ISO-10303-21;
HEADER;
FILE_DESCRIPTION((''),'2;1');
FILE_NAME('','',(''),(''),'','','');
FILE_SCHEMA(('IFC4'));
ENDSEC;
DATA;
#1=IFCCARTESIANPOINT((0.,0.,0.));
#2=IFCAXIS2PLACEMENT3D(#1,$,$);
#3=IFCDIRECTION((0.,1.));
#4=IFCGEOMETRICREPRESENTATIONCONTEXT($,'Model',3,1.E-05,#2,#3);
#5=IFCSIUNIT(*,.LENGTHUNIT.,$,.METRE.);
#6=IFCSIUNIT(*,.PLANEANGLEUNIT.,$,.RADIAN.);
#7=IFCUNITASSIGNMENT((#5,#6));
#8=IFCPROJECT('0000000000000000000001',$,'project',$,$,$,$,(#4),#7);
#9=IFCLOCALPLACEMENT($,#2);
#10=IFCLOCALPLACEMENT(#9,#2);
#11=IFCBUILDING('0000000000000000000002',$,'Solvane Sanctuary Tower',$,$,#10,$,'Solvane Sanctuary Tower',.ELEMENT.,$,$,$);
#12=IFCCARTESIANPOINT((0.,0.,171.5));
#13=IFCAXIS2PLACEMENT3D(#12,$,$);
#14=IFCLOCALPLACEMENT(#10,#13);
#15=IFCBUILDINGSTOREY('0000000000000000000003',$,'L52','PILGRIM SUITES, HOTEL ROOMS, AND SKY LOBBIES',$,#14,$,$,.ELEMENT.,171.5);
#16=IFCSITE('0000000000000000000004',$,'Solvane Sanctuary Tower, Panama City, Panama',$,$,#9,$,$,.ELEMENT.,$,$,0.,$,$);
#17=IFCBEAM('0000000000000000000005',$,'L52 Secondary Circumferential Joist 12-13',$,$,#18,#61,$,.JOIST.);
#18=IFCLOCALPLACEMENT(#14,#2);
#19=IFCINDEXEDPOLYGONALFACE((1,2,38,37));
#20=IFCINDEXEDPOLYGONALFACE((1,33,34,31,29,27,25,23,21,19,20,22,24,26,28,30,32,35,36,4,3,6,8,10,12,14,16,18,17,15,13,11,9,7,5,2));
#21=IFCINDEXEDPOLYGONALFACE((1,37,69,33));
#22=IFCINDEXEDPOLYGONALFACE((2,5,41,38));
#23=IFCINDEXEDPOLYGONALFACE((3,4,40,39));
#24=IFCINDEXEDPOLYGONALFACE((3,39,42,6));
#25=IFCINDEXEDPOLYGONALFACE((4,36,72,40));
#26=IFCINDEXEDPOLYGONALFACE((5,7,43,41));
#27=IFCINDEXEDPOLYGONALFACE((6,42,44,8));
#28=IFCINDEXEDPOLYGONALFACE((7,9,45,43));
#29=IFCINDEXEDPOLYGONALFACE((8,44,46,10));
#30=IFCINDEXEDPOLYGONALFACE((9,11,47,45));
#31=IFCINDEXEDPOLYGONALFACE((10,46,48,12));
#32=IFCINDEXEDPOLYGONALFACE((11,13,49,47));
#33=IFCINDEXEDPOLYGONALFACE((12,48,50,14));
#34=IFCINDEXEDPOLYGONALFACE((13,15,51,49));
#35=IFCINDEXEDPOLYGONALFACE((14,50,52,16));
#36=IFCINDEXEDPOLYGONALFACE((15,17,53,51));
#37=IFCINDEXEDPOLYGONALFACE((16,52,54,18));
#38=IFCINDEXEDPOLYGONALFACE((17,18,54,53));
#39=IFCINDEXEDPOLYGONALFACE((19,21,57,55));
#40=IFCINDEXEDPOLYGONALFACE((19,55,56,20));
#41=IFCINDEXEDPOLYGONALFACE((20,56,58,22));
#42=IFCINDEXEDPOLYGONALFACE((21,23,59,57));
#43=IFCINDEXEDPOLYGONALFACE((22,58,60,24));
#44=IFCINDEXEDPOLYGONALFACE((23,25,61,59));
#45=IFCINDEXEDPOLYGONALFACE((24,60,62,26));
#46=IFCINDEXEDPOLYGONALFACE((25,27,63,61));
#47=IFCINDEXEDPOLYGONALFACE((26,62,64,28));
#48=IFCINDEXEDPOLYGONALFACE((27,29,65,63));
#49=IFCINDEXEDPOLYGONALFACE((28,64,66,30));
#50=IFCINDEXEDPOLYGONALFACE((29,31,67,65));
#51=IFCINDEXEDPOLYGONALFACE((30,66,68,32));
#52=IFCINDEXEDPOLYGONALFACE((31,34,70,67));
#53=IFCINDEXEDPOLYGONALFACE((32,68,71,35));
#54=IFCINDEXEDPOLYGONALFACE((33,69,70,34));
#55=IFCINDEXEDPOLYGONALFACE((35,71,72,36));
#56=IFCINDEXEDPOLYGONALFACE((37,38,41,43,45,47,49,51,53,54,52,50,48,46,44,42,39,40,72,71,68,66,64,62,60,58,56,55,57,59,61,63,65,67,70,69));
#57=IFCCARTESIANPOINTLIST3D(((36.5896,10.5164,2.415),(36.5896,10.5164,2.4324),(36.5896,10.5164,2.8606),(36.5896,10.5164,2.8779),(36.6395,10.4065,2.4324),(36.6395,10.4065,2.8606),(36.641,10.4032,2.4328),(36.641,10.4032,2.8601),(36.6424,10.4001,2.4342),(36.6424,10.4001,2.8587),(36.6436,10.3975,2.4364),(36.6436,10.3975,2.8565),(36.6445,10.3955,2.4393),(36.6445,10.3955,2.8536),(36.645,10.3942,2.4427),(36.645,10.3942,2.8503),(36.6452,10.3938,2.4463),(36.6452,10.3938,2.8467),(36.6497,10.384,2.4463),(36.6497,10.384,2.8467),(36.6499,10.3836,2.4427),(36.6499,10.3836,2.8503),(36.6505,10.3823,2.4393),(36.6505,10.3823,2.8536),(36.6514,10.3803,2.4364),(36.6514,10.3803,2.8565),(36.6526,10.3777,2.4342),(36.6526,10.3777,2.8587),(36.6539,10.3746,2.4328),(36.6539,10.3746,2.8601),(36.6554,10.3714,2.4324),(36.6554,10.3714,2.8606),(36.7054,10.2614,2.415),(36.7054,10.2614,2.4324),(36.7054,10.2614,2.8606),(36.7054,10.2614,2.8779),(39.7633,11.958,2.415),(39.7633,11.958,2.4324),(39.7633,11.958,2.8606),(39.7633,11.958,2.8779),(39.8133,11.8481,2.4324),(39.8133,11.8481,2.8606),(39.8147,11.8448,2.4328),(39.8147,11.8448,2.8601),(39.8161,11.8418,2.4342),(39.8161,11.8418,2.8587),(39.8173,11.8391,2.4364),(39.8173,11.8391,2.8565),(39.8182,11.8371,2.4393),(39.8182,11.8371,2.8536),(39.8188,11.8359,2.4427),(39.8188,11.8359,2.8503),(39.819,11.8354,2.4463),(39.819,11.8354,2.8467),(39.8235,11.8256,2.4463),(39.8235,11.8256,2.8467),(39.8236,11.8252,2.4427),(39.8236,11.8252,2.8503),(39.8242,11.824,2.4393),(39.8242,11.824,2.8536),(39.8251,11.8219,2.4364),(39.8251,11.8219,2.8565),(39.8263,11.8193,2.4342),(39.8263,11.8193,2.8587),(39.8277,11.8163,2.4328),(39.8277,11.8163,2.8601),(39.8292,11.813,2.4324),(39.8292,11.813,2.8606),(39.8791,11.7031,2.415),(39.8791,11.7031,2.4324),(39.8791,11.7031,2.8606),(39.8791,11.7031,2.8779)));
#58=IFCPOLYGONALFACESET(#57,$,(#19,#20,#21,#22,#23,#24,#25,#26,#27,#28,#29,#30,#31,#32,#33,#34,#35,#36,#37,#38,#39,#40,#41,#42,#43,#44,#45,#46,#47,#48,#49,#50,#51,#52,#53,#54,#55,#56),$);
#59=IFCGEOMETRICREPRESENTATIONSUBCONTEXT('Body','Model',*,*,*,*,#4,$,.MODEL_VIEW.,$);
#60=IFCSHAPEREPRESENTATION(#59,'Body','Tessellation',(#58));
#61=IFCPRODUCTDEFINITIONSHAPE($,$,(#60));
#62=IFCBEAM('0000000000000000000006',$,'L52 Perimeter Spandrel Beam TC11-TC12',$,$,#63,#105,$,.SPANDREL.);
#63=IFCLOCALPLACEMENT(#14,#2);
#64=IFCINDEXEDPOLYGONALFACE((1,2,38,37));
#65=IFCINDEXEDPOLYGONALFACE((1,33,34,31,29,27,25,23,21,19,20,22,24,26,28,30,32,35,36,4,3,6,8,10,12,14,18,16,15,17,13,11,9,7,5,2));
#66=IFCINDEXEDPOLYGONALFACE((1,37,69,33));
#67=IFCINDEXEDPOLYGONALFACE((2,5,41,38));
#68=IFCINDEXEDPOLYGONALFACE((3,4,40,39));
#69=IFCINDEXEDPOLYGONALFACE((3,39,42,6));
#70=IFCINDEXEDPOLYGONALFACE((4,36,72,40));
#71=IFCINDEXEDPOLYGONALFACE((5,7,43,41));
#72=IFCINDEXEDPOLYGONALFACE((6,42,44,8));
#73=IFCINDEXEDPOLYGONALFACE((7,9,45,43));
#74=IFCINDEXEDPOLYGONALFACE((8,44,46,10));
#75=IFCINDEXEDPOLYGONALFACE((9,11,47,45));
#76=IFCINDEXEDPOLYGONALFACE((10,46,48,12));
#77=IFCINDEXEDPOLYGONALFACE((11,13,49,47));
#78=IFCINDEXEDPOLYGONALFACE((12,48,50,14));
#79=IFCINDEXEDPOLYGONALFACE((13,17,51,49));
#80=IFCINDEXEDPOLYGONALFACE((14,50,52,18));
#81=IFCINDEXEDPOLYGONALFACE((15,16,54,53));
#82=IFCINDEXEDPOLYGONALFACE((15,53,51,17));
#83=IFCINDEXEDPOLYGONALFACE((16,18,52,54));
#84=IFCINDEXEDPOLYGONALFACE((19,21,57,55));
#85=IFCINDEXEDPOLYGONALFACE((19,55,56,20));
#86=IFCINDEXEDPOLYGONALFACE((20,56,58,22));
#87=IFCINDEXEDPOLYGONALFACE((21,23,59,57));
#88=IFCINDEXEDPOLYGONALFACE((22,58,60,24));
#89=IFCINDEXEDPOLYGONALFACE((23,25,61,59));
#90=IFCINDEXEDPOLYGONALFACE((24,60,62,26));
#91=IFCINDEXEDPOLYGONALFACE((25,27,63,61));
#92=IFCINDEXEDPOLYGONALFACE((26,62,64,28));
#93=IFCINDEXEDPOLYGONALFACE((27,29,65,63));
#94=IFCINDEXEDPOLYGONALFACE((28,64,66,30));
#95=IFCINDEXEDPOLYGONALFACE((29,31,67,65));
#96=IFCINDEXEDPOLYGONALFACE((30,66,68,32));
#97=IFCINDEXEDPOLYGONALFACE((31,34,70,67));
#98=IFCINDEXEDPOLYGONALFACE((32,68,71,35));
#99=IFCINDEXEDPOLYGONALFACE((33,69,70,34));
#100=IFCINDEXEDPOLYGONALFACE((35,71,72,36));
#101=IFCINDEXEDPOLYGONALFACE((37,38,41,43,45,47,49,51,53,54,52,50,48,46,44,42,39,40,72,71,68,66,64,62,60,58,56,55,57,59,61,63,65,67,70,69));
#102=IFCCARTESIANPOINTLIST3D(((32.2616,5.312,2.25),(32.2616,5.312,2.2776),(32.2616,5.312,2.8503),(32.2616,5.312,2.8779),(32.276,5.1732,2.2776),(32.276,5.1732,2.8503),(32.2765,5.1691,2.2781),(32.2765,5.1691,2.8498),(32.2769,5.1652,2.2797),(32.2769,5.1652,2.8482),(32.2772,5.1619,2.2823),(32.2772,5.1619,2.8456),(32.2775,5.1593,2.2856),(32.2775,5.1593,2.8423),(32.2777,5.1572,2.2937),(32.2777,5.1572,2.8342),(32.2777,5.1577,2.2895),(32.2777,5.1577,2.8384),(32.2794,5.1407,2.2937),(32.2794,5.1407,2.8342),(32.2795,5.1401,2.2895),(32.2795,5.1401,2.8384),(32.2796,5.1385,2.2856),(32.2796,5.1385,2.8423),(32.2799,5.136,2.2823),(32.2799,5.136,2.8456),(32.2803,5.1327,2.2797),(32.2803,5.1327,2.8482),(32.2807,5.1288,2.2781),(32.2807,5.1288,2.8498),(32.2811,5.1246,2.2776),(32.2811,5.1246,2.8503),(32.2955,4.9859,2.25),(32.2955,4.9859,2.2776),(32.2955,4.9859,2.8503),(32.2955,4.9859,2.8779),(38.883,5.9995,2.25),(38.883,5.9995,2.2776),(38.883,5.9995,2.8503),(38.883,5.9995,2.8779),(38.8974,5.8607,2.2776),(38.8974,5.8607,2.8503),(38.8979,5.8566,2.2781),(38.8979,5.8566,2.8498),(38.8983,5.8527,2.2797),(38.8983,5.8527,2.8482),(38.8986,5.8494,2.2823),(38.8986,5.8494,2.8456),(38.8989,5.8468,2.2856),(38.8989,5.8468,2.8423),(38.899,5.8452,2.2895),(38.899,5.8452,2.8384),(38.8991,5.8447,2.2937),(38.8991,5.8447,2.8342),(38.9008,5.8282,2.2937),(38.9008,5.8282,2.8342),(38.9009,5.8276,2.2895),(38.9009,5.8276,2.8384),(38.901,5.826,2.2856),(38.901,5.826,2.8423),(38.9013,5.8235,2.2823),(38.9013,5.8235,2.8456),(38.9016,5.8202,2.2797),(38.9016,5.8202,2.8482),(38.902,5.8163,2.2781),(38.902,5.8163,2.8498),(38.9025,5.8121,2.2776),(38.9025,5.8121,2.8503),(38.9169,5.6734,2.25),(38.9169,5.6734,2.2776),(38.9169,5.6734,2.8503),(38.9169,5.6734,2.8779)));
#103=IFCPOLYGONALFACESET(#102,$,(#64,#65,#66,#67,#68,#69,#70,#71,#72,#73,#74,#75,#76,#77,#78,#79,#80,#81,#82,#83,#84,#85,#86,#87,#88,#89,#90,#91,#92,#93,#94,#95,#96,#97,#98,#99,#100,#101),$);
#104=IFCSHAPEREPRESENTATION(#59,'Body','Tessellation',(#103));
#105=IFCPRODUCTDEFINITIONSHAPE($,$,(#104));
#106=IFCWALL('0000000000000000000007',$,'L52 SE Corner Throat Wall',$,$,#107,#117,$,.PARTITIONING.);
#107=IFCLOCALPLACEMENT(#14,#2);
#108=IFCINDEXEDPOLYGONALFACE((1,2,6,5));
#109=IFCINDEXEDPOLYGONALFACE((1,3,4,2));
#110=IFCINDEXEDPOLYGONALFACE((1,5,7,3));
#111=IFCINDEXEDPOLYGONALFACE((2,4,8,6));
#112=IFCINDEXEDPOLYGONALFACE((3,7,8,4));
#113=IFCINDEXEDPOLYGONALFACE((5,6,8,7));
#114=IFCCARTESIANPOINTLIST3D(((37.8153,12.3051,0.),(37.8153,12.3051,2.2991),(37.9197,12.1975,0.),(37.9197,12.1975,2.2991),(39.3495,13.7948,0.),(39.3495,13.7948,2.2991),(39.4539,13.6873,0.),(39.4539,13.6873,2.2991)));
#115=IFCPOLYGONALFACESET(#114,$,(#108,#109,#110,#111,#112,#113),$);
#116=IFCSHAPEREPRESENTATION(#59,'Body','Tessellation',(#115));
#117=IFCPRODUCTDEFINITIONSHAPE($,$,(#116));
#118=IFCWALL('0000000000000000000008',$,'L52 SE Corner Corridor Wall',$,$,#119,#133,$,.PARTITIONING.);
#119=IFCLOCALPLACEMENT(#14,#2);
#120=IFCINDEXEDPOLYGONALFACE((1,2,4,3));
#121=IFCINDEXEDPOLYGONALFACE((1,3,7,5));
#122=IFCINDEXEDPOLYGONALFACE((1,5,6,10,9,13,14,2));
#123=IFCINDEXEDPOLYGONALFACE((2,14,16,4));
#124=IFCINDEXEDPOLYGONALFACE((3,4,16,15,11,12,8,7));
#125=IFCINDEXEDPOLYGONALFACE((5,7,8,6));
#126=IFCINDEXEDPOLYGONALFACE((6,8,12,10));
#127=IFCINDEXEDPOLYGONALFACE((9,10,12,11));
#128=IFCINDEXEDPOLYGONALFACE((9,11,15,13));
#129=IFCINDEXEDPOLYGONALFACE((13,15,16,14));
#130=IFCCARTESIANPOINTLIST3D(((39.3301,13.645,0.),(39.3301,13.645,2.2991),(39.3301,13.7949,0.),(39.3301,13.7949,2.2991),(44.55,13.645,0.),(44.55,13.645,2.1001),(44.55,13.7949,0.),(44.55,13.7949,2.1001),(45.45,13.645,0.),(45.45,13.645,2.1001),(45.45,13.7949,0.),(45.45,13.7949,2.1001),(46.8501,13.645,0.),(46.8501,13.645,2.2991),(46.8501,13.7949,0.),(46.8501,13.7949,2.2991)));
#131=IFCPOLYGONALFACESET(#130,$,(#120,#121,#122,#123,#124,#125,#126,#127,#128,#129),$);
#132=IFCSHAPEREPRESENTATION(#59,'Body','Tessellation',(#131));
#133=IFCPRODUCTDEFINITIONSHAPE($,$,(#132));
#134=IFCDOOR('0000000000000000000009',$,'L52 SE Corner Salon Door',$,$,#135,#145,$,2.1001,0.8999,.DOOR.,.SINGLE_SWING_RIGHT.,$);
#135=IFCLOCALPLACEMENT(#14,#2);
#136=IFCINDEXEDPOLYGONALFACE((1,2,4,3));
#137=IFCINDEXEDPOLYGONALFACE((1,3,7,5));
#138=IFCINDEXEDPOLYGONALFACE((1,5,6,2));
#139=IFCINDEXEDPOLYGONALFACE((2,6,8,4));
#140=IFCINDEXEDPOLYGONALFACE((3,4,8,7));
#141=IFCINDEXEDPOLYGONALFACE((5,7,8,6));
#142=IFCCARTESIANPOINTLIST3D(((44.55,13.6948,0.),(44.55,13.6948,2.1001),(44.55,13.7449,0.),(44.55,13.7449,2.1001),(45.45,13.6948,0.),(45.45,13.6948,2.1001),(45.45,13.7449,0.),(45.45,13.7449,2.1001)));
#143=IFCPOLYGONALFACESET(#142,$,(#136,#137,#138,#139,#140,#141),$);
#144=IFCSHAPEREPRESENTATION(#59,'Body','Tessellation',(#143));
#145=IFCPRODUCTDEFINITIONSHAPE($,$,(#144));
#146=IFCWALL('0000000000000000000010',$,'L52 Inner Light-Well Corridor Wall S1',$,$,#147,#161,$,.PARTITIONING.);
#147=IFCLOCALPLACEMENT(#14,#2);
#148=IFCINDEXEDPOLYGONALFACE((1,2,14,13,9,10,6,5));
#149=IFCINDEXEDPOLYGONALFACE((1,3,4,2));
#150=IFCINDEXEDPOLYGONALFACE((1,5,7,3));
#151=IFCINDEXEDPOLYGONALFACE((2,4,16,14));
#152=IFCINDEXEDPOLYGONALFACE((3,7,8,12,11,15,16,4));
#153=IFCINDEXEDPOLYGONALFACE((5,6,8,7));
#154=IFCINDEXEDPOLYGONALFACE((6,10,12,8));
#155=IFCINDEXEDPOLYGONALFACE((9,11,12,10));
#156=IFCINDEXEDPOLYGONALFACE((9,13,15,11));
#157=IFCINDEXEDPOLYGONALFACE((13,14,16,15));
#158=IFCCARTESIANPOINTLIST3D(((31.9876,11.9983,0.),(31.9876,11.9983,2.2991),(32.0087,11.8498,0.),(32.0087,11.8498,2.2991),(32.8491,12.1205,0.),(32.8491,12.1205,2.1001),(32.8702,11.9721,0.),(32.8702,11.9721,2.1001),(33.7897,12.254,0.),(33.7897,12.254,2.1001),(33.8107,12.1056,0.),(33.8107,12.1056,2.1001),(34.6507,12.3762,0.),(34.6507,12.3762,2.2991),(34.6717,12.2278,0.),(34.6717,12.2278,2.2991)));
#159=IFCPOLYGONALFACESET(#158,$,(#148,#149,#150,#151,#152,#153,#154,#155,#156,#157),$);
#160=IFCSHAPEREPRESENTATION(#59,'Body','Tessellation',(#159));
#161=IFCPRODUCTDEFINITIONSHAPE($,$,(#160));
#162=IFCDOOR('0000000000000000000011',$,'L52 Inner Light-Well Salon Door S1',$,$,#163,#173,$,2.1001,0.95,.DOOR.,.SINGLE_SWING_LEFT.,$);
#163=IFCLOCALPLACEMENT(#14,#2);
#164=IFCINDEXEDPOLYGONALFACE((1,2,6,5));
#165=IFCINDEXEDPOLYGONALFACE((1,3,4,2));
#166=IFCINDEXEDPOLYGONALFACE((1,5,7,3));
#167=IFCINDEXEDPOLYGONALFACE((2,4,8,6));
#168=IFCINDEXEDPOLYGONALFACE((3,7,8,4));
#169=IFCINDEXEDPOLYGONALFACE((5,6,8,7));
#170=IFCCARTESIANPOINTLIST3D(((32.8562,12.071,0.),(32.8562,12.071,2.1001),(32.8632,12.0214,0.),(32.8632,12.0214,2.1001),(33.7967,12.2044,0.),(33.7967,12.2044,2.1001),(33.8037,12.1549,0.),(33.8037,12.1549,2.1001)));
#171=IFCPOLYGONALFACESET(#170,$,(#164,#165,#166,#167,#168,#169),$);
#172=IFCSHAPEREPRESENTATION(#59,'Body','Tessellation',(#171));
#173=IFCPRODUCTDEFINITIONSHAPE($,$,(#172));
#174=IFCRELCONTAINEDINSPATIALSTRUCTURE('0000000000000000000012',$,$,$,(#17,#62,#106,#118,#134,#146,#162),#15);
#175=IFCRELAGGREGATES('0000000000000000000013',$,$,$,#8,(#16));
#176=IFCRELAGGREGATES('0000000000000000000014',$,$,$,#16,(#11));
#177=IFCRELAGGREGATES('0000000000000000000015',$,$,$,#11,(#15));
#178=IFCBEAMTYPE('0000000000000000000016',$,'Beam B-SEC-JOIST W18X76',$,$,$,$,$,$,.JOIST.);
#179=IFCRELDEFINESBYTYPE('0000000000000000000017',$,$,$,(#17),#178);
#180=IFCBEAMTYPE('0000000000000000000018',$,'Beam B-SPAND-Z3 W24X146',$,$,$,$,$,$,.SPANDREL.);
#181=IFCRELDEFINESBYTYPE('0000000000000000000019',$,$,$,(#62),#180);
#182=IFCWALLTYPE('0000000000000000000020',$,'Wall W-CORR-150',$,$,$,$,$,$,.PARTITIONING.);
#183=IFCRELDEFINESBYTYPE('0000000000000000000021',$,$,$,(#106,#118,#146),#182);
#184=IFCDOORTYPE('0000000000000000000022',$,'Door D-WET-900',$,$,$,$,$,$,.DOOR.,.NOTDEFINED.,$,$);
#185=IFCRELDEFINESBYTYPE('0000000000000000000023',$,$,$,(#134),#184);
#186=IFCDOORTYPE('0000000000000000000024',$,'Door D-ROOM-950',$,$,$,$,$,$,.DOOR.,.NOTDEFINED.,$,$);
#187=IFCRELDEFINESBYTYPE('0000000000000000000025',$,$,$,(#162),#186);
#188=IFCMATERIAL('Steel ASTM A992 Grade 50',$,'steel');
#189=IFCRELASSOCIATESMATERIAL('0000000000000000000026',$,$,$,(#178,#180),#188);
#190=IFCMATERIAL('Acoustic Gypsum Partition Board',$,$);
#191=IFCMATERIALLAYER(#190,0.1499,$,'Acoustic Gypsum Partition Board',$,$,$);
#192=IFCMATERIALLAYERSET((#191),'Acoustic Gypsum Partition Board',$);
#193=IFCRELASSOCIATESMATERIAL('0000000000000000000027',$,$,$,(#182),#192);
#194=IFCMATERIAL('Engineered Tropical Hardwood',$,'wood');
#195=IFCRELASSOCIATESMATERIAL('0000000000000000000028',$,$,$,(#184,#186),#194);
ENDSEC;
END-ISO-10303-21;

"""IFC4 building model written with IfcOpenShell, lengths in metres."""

from ifc_helpers import new_model, si_unit, direction, frame, frame_2d, origin, origin_2d, place, context, subcontext, project, spatial, rectangle, i_section, extrude, material, layer, layer_set, material_profile, profile_set, type_object, element, fill, save


model = new_model("IFC4")

# Units and contexts
model_context = context("Model", 3, precision=1e-05, world=origin(), true_north=direction((0.0, 1.0)))
body_context = subcontext(model_context, "Body", "Model", "MODEL_VIEW")
ifc_project = project(units=[si_unit("LENGTHUNIT", "METRE"), si_unit("PLANEANGLEUNIT", "RADIAN")], contexts=[model_context])

# Site, building, storey
site_placement = place(None, origin())
site = spatial("IfcSite", under=ifc_project, at=site_placement, Name="Solvane Sanctuary Tower, Panama City, Panama", CompositionType="ELEMENT", RefElevation=0.0)
building_placement = place(site_placement, origin())
building = spatial("IfcBuilding", under=site, at=building_placement, Name="Solvane Sanctuary Tower", LongName="Solvane Sanctuary Tower", CompositionType="ELEMENT")
storey_placement = place(building_placement, frame((0.0, 0.0, 171.5)))
storey = spatial("IfcBuildingStorey", under=building, at=storey_placement, Name="L52", Description="PILGRIM SUITES, HOTEL ROOMS, AND SKY LOBBIES", CompositionType="ELEMENT", Elevation=171.5)

# Beams
ifc_material_1 = material(Name="Steel ASTM A992 Grade 50", Category="steel")
ifc_material_profile_1 = material_profile(ifc_material_1, i_section(OverallWidth=0.28, OverallDepth=0.4629, WebThickness=0.0107, FlangeThickness=0.0173, FilletRadius=0.0139, at=origin_2d()), Name="W18X76")
ifc_profile_set_1 = profile_set([ifc_material_profile_1], Name="Steel ASTM A992 Grade 50")
beam_type_1 = type_object("IfcBeamType", Name="Beam B-SEC-JOIST W18X76", PredefinedType="JOIST", material=ifc_profile_set_1)
beam_1_placement = place(storey_placement, frame((36.6475, 10.3889, 2.6465), z_axis=(0.910474, 0.413565, 0.0), x_axis=(-0.413565, 0.910474, 0.0)))
element("IfcBeam", 1, at=beam_1_placement, inside=storey, type_object=beam_type_1, Name="L52 Secondary Circumferential Joist 12-13", PredefinedType="JOIST", context=body_context, shape_type="SweptSolid", body=[
    extrude(i_section(OverallWidth=0.28, OverallDepth=0.4629, WebThickness=0.0107, FlangeThickness=0.0173, FilletRadius=0.0139, at=origin_2d()), origin(), (0.0, 0.0, 1.0), 3.4858),
])
ifc_material_profile_2 = material_profile(ifc_material_1, i_section(OverallWidth=0.3279, OverallDepth=0.6279, WebThickness=0.0166, FlangeThickness=0.0276, FilletRadius=0.0161, at=origin_2d()), Name="W24X146")
ifc_profile_set_2 = profile_set([ifc_material_profile_2], Name="Steel ASTM A992 Grade 50")
beam_type_2 = type_object("IfcBeamType", Name="Beam B-SPAND-Z3 W24X146", PredefinedType="SPANDREL", material=ifc_profile_set_2)
beam_2_placement = place(storey_placement, frame((32.2786, 5.1489, 2.564), z_axis=(0.994653, 0.103276, 0.0), x_axis=(-0.103276, 0.994653, 0.0)))
element("IfcBeam", 2, at=beam_2_placement, inside=storey, type_object=beam_type_2, Name="L52 Perimeter Spandrel Beam TC11-TC12", PredefinedType="SPANDREL", context=body_context, shape_type="SweptSolid", body=[
    extrude(i_section(OverallWidth=0.3279, OverallDepth=0.6279, WebThickness=0.0166, FlangeThickness=0.0276, FilletRadius=0.0161, at=origin_2d()), origin(), (0.0, 0.0, 1.0), 6.657),
])

# Wall
ifc_material_2 = material(Name="Acoustic Gypsum Partition Board")
ifc_layer_1 = layer(ifc_material_2, 0.1499, Name="Acoustic Gypsum Partition Board")
ifc_layer_set_1 = layer_set([ifc_layer_1], Name="Acoustic Gypsum Partition Board")
wall_type_1 = type_object("IfcWallType", Name="Wall W-CORR-150", PredefinedType="PARTITIONING", material=ifc_layer_set_1)
wall_1_placement = place(storey_placement, frame((37.8674, 12.2512, 0.0), z_axis=(0.0, 0.0, 1.0), x_axis=(0.71742, 0.696641, 0.0)))
element("IfcWall", 3, at=wall_1_placement, inside=storey, type_object=wall_type_1, Name="L52 SE Corner Throat Wall", PredefinedType="PARTITIONING", context=body_context, shape_type="SweptSolid", body=[
    extrude(rectangle(XDim=2.1384, YDim=0.1499, at=frame_2d((1.0693, 0.0))), origin(), (0.0, 0.0, 1.0), 2.2991),
])

# Walls, openings, doors
wall_2_placement = place(storey_placement, frame((39.3301, 13.72, 0.0), z_axis=(0.0, 0.0, 1.0), x_axis=(1.0, 0.0, 0.0)))
wall_2 = element("IfcWall", 4, at=wall_2_placement, inside=storey, type_object=wall_type_1, Name="L52 SE Corner Corridor Wall", PredefinedType="PARTITIONING", context=body_context, shape_type="SweptSolid", body=[
    extrude(rectangle(XDim=7.52, YDim=0.1499, at=frame_2d((3.76, 0.0))), origin(), (0.0, 0.0, 1.0), 2.2991),
])
opening_1_placement = place(wall_2_placement, frame((5.22, 0.0, 0.0)))
opening_1 = element("IfcOpeningElement", 5, at=opening_1_placement, cuts=wall_2, PredefinedType="OPENING", context=body_context, shape_type="SweptSolid", body=[
    extrude(rectangle(XDim=0.8999, YDim=2.1001, at=frame_2d((0.45, 1.05))), frame((0.0, 0.085, 0.0), z_axis=(0.0, -1.0, 0.0), x_axis=(1.0, 0.0, 0.0)), (0.0, 0.0, 1.0), 0.1699),
])
ifc_material_3 = material(Name="Engineered Tropical Hardwood", Category="wood")
door_type_1 = type_object("IfcDoorType", Name="Door D-WET-900", OperationType="NOTDEFINED", PredefinedType="DOOR", material=ifc_material_3)
door_1_placement = place(opening_1_placement, origin())
door_1 = element("IfcDoor", 6, at=door_1_placement, inside=storey, type_object=door_type_1, Name="L52 SE Corner Salon Door", OperationType="SINGLE_SWING_RIGHT", OverallHeight=2.1001, OverallWidth=0.8999, PredefinedType="DOOR", context=body_context, shape_type="SweptSolid", body=[
    extrude(rectangle(XDim=0.8999, YDim=2.1001, at=frame_2d((0.45, 1.05))), frame((0.0, 0.0249, 0.0), z_axis=(0.0, -1.0, 0.0), x_axis=(1.0, 0.0, 0.0)), (0.0, 0.0, 1.0), 0.05),
])
fill(opening_1, door_1)
wall_3_placement = place(storey_placement, frame((31.9983, 11.9241, 0.0), z_axis=(0.0, 0.0, 1.0), x_axis=(0.99008, 0.140506, 0.0)))
wall_3 = element("IfcWall", 7, at=wall_3_placement, inside=storey, type_object=wall_type_1, Name="L52 Inner Light-Well Corridor Wall S1", PredefinedType="PARTITIONING", context=body_context, shape_type="SweptSolid", body=[
    extrude(rectangle(XDim=2.6897, YDim=0.1499, at=frame_2d((1.3447, 0.0))), origin(), (0.0, 0.0, 1.0), 2.2991),
])
opening_2_placement = place(wall_3_placement, frame((0.8699, 0.0, 0.0)))
opening_2 = element("IfcOpeningElement", 8, at=opening_2_placement, cuts=wall_3, PredefinedType="OPENING", context=body_context, shape_type="SweptSolid", body=[
    extrude(rectangle(XDim=0.95, YDim=2.1001, at=frame_2d((0.4751, 1.05))), frame((0.0, 0.085, 0.0), z_axis=(0.0, -1.0, 0.0), x_axis=(1.0, 0.0, 0.0)), (0.0, 0.0, 1.0), 0.1699),
])
door_type_2 = type_object("IfcDoorType", Name="Door D-ROOM-950", OperationType="NOTDEFINED", PredefinedType="DOOR", material=ifc_material_3)
door_2_placement = place(opening_2_placement, origin())
door_2 = element("IfcDoor", 9, at=door_2_placement, inside=storey, type_object=door_type_2, Name="L52 Inner Light-Well Salon Door S1", OperationType="SINGLE_SWING_LEFT", OverallHeight=2.1001, OverallWidth=0.95, PredefinedType="DOOR", context=body_context, shape_type="SweptSolid", body=[
    extrude(rectangle(XDim=0.95, YDim=2.1001, at=frame_2d((0.4751, 1.05))), frame((0.0, 0.0249, 0.0), z_axis=(0.0, -1.0, 0.0), x_axis=(1.0, 0.0, 0.0)), (0.0, 0.0, 1.0), 0.05),
])
fill(opening_2, door_2)

save(model, "model.ifc")
